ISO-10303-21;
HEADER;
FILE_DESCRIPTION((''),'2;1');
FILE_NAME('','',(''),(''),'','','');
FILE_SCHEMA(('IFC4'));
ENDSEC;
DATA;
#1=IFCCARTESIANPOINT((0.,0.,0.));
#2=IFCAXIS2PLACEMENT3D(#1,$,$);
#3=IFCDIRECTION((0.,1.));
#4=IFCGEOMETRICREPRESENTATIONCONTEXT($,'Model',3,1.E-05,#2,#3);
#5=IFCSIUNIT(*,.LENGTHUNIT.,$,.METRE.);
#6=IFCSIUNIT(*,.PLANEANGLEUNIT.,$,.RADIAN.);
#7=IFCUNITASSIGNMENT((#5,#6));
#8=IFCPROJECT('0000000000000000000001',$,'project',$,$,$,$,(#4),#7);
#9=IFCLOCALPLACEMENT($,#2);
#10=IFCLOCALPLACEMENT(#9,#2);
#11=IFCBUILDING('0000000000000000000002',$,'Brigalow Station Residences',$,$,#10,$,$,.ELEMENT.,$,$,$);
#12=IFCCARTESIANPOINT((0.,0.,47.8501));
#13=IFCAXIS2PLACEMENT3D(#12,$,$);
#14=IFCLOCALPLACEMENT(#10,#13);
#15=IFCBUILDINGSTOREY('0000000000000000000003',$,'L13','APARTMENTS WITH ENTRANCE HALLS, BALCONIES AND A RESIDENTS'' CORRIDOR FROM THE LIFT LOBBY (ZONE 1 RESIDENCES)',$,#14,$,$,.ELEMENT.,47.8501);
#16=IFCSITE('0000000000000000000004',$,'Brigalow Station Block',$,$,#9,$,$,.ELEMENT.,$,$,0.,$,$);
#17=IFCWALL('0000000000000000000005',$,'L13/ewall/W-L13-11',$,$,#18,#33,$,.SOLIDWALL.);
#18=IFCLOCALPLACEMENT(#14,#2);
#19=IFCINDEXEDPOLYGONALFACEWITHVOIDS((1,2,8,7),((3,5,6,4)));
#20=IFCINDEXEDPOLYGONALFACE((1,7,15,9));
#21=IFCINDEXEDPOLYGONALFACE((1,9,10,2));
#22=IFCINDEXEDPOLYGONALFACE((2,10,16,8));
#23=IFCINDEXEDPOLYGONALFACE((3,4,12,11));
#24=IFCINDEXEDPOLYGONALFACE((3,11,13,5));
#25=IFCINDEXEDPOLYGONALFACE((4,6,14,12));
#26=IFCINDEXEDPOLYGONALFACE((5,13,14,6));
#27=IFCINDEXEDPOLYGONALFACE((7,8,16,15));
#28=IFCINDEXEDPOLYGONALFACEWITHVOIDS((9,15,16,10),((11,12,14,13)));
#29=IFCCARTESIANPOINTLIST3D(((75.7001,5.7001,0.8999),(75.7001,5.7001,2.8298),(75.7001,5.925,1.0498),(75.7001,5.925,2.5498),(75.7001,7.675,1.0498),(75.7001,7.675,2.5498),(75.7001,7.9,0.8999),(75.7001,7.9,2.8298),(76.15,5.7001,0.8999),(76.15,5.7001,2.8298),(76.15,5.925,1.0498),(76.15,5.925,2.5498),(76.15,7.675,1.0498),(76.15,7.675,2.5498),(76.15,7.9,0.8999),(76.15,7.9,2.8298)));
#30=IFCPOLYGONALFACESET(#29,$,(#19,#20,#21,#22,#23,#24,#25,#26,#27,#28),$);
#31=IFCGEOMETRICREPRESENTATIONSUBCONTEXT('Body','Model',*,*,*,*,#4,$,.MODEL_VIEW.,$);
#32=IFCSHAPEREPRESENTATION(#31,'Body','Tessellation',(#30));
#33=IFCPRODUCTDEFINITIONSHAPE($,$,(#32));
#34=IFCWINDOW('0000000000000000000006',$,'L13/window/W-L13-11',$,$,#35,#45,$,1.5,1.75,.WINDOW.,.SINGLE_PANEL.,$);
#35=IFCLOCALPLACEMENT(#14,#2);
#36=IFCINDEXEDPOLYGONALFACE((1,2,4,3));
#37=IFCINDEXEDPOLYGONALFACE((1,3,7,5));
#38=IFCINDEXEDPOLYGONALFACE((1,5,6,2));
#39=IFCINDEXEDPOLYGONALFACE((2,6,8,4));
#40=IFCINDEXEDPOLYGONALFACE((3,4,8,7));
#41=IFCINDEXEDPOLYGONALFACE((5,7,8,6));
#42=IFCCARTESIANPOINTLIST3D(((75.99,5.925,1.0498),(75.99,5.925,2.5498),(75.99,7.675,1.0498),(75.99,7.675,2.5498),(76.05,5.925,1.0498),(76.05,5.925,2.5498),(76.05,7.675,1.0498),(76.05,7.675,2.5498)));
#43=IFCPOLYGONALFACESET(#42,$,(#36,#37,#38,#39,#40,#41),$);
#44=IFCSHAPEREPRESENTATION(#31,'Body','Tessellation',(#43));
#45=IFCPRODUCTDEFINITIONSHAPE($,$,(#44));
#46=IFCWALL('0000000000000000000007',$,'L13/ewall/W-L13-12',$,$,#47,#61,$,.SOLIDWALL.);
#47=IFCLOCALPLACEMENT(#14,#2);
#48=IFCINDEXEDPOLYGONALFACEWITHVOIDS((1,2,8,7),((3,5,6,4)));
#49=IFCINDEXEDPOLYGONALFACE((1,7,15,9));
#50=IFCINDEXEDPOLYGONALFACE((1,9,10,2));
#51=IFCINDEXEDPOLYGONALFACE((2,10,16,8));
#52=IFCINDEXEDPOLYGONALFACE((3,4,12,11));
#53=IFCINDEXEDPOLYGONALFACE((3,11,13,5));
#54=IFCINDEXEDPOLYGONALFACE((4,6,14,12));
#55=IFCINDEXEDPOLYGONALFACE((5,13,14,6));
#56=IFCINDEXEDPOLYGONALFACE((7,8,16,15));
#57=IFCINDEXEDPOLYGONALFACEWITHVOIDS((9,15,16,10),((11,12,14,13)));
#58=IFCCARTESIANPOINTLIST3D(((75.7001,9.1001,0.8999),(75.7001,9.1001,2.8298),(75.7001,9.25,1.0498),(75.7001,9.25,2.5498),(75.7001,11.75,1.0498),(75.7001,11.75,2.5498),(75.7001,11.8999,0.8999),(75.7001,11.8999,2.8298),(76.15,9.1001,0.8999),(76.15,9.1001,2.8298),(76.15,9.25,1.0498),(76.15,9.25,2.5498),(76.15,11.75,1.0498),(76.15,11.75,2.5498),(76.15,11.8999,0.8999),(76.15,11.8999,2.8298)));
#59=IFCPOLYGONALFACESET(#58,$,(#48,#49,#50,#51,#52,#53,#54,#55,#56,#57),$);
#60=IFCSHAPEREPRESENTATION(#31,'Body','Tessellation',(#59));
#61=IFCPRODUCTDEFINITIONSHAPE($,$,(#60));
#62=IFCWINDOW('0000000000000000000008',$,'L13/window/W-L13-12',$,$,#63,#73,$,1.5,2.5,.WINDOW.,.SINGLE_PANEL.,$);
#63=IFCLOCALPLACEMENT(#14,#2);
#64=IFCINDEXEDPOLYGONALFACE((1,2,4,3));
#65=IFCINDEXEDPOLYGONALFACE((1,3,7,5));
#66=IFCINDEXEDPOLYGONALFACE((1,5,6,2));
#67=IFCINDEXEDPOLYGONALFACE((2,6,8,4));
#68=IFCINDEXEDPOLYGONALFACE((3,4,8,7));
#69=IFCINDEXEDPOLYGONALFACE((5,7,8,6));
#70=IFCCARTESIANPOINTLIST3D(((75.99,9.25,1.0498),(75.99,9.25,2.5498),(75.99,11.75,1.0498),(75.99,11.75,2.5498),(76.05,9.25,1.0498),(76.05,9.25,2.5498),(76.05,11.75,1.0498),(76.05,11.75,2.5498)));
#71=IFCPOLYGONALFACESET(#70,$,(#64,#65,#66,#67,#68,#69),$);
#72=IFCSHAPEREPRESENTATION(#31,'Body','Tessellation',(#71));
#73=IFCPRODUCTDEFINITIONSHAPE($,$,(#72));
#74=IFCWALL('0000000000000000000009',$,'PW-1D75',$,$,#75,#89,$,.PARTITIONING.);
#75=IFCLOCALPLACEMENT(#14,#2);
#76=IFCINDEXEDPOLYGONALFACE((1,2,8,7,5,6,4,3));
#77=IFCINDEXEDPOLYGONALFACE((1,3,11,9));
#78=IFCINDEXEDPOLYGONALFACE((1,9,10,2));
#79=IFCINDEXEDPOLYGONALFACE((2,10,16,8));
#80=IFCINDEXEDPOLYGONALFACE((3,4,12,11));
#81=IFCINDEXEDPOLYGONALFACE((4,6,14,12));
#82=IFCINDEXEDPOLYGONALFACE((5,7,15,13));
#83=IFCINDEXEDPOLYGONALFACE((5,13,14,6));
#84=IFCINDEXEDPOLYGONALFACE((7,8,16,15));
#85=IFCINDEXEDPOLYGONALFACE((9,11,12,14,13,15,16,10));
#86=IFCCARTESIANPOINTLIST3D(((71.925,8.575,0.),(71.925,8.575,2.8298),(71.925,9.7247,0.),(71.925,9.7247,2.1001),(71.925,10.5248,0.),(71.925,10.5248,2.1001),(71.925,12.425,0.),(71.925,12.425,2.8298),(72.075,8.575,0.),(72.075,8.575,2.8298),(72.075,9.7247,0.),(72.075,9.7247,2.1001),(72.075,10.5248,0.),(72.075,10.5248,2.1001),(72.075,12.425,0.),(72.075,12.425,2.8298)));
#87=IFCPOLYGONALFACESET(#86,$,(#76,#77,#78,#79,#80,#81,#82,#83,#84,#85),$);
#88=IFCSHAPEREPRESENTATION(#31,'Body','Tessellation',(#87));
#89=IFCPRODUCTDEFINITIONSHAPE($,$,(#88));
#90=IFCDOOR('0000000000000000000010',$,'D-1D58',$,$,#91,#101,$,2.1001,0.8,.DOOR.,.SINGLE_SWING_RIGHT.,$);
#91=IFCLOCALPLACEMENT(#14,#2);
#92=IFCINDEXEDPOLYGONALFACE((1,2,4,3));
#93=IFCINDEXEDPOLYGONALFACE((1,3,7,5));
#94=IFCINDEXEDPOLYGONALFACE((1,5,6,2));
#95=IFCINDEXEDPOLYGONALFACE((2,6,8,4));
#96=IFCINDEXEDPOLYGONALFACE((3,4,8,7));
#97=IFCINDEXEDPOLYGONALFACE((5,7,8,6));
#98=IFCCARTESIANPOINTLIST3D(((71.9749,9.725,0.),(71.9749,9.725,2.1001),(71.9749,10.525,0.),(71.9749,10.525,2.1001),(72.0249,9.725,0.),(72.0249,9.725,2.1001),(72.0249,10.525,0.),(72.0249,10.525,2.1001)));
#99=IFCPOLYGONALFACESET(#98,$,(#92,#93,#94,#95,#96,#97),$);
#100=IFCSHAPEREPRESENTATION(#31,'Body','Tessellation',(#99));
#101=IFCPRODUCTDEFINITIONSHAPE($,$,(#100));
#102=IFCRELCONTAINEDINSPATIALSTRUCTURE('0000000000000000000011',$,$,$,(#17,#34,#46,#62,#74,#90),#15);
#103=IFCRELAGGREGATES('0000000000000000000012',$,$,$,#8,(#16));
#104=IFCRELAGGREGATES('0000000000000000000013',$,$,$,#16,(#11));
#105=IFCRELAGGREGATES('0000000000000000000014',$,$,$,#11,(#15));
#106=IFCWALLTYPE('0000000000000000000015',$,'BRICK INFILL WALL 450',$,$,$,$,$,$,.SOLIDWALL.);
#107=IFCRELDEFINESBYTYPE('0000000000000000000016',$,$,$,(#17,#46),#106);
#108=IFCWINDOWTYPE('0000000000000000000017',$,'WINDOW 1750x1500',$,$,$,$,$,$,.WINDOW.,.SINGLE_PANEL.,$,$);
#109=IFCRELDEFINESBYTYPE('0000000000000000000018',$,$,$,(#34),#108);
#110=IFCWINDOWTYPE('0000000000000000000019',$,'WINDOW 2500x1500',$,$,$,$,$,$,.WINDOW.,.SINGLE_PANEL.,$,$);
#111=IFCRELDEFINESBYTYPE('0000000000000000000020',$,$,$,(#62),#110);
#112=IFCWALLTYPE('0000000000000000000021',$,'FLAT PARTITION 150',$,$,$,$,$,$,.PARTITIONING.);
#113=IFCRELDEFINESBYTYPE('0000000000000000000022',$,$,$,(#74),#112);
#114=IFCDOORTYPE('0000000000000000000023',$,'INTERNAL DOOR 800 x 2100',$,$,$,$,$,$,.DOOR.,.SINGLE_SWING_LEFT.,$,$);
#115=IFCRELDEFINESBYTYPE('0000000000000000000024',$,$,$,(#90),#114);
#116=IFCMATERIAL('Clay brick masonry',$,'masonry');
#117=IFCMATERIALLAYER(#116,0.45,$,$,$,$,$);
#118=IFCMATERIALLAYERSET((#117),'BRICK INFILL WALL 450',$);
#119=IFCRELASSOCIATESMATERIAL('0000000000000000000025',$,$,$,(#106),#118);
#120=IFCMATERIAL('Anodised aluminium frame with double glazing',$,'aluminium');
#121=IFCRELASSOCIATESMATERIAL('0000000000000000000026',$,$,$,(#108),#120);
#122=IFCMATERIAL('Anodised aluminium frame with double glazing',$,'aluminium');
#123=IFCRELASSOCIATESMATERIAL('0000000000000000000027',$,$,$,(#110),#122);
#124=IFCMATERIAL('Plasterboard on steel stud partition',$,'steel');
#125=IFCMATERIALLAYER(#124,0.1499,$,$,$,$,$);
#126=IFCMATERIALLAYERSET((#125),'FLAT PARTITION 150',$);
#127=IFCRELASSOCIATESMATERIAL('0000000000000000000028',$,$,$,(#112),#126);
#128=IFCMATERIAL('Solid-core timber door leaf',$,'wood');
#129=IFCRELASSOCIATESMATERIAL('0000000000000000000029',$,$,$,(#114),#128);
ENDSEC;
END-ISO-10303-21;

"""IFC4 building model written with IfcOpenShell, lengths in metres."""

from ifc_helpers import new_model, si_unit, direction, frame, frame_2d, origin, place, context, subcontext, project, spatial, rectangle, extrude, material, layer, layer_set, type_object, element, fill, save


model = new_model("IFC4")

# Units and contexts
model_context = context("Model", 3, precision=1e-05, world=origin(), true_north=direction((0.0, 1.0)))
body_context = subcontext(model_context, "Body", "Model", "MODEL_VIEW")
ifc_project = project(units=[si_unit("LENGTHUNIT", "METRE"), si_unit("PLANEANGLEUNIT", "RADIAN")], contexts=[model_context])

# Site, building, storey
site_placement = place(None, origin())
site = spatial("IfcSite", under=ifc_project, at=site_placement, Name="Brigalow Station Block", CompositionType="ELEMENT", RefElevation=0.0)
building_placement = place(site_placement, origin())
building = spatial("IfcBuilding", under=site, at=building_placement, Name="Brigalow Station Residences", CompositionType="ELEMENT")
storey_placement = place(building_placement, frame((0.0, 0.0, 47.8501)))
storey = spatial("IfcBuildingStorey", under=building, at=storey_placement, Name="L13", Description="APARTMENTS WITH ENTRANCE HALLS, BALCONIES AND A RESIDENTS' CORRIDOR FROM THE LIFT LOBBY (ZONE 1 RESIDENCES)", CompositionType="ELEMENT", Elevation=47.8501)

# Walls, openings, windows
ifc_material_1 = material(Name="Clay brick masonry", Category="masonry")
ifc_layer_1 = layer(ifc_material_1, 0.45)
ifc_layer_set_1 = layer_set([ifc_layer_1], Name="BRICK INFILL WALL 450")
wall_type_1 = type_object("IfcWallType", Name="BRICK INFILL WALL 450", PredefinedType="SOLIDWALL", material=ifc_layer_set_1)
wall_1_placement = place(storey_placement, frame((75.925, 5.7, 0.8999), z_axis=(0.0, 0.0, 1.0), x_axis=(0.0, 1.0, 0.0)))
wall_1 = element("IfcWall", 1, at=wall_1_placement, inside=storey, type_object=wall_type_1, Name="L13/ewall/W-L13-11", PredefinedType="SOLIDWALL", context=body_context, shape_type="SweptSolid", body=[
    extrude(rectangle(XDim=2.2, YDim=0.45, at=frame_2d((1.1001, 0.0))), origin(), (0.0, 0.0, 1.0), 1.9299),
])
opening_1_placement = place(wall_1_placement, frame((0.2251, 0.0, 0.1499)))
opening_1 = element("IfcOpeningElement", 2, at=opening_1_placement, cuts=wall_1, PredefinedType="OPENING", context=body_context, shape_type="SweptSolid", body=[
    extrude(rectangle(XDim=1.75, YDim=1.5, at=frame_2d((0.875, 0.75))), frame((0.0, 0.2349, 0.0), z_axis=(0.0, -1.0, 0.0), x_axis=(1.0, 0.0, 0.0)), (0.0, 0.0, 1.0), 0.47),
])
ifc_material_2 = material(Name="Anodised aluminium frame with double glazing", Category="aluminium")
window_type_1 = type_object("IfcWindowType", Name="WINDOW 1750x1500", PartitioningType="SINGLE_PANEL", PredefinedType="WINDOW", material=ifc_material_2)
window_1_placement = place(opening_1_placement, origin())
window_1 = element("IfcWindow", 3, at=window_1_placement, inside=storey, type_object=window_type_1, Name="L13/window/W-L13-11", OverallHeight=1.5, OverallWidth=1.75, PartitioningType="SINGLE_PANEL", PredefinedType="WINDOW", context=body_context, shape_type="SweptSolid", body=[
    extrude(rectangle(XDim=1.75, YDim=1.5, at=frame_2d((0.875, 0.75))), frame((0.0, -0.0649, 0.0), z_axis=(0.0, -1.0, 0.0), x_axis=(1.0, 0.0, 0.0)), (0.0, 0.0, 1.0), 0.0601),
])
fill(opening_1, window_1)
wall_2_placement = place(storey_placement, frame((75.925, 9.1001, 0.8999), z_axis=(0.0, 0.0, 1.0), x_axis=(0.0, 1.0, 0.0)))
wall_2 = element("IfcWall", 4, at=wall_2_placement, inside=storey, type_object=wall_type_1, Name="L13/ewall/W-L13-12", PredefinedType="SOLIDWALL", context=body_context, shape_type="SweptSolid", body=[
    extrude(rectangle(XDim=2.7998, YDim=0.45, at=frame_2d((1.3999, 0.0))), origin(), (0.0, 0.0, 1.0), 1.9299),
])
opening_2_placement = place(wall_2_placement, frame((0.1499, 0.0, 0.1499)))
opening_2 = element("IfcOpeningElement", 5, at=opening_2_placement, cuts=wall_2, PredefinedType="OPENING", context=body_context, shape_type="SweptSolid", body=[
    extrude(rectangle(XDim=2.5, YDim=1.5, at=frame_2d((1.25, 0.75))), frame((0.0, 0.2349, 0.0), z_axis=(0.0, -1.0, 0.0), x_axis=(1.0, 0.0, 0.0)), (0.0, 0.0, 1.0), 0.47),
])
ifc_material_3 = material(Name="Anodised aluminium frame with double glazing", Category="aluminium")
window_type_2 = type_object("IfcWindowType", Name="WINDOW 2500x1500", PartitioningType="SINGLE_PANEL", PredefinedType="WINDOW", material=ifc_material_3)
window_2_placement = place(opening_2_placement, origin())
window_2 = element("IfcWindow", 6, at=window_2_placement, inside=storey, type_object=window_type_2, Name="L13/window/W-L13-12", OverallHeight=1.5, OverallWidth=2.5, PartitioningType="SINGLE_PANEL", PredefinedType="WINDOW", context=body_context, shape_type="SweptSolid", body=[
    extrude(rectangle(XDim=2.5, YDim=1.5, at=frame_2d((1.25, 0.75))), frame((0.0, -0.0649, 0.0), z_axis=(0.0, -1.0, 0.0), x_axis=(1.0, 0.0, 0.0)), (0.0, 0.0, 1.0), 0.0601),
])
fill(opening_2, window_2)

# Wall, opening, door
ifc_material_4 = material(Name="Plasterboard on steel stud partition", Category="steel")
ifc_layer_2 = layer(ifc_material_4, 0.1499)
ifc_layer_set_2 = layer_set([ifc_layer_2], Name="FLAT PARTITION 150")
wall_type_2 = type_object("IfcWallType", Name="FLAT PARTITION 150", PredefinedType="PARTITIONING", material=ifc_layer_set_2)
wall_3_placement = place(storey_placement, frame((72.0, 8.575, 0.0), z_axis=(0.0, 0.0, 1.0), x_axis=(0.0, 1.0, 0.0)))
wall_3 = element("IfcWall", 7, at=wall_3_placement, inside=storey, type_object=wall_type_2, Name="PW-1D75", PredefinedType="PARTITIONING", context=body_context, shape_type="SweptSolid", body=[
    extrude(rectangle(XDim=3.8501, YDim=0.1499, at=frame_2d((1.925, 0.0))), origin(), (0.0, 0.0, 1.0), 2.8298),
])
opening_3_placement = place(wall_3_placement, frame((1.1499, 0.0, 0.0)))
opening_3 = element("IfcOpeningElement", 8, at=opening_3_placement, cuts=wall_3, PredefinedType="OPENING", context=body_context, shape_type="SweptSolid", body=[
    extrude(rectangle(XDim=0.8, YDim=2.1001, at=frame_2d((0.3999, 1.05))), frame((0.0, 0.085, 0.0), z_axis=(0.0, -1.0, 0.0), x_axis=(1.0, 0.0, 0.0)), (0.0, 0.0, 1.0), 0.1699),
])
ifc_material_5 = material(Name="Solid-core timber door leaf", Category="wood")
door_type = type_object("IfcDoorType", Name="INTERNAL DOOR 800 x 2100", OperationType="SINGLE_SWING_LEFT", PredefinedType="DOOR", material=ifc_material_5)
door_placement = place(opening_3_placement, frame((0.8, 0.0, 0.0), z_axis=(0.0, 0.0, 1.0), x_axis=(-1.0, 0.0, 0.0)))
door = element("IfcDoor", 9, at=door_placement, inside=storey, type_object=door_type, Name="D-1D58", OperationType="SINGLE_SWING_RIGHT", OverallHeight=2.1001, OverallWidth=0.8, PredefinedType="DOOR", context=body_context, shape_type="SweptSolid", body=[
    extrude(rectangle(XDim=0.8, YDim=2.1001, at=frame_2d((0.3999, 1.05))), frame((0.0, 0.0249, 0.0), z_axis=(0.0, -1.0, 0.0), x_axis=(1.0, 0.0, 0.0)), (0.0, 0.0, 1.0), 0.05),
])
fill(opening_3, door)

save(model, "model.ifc")
